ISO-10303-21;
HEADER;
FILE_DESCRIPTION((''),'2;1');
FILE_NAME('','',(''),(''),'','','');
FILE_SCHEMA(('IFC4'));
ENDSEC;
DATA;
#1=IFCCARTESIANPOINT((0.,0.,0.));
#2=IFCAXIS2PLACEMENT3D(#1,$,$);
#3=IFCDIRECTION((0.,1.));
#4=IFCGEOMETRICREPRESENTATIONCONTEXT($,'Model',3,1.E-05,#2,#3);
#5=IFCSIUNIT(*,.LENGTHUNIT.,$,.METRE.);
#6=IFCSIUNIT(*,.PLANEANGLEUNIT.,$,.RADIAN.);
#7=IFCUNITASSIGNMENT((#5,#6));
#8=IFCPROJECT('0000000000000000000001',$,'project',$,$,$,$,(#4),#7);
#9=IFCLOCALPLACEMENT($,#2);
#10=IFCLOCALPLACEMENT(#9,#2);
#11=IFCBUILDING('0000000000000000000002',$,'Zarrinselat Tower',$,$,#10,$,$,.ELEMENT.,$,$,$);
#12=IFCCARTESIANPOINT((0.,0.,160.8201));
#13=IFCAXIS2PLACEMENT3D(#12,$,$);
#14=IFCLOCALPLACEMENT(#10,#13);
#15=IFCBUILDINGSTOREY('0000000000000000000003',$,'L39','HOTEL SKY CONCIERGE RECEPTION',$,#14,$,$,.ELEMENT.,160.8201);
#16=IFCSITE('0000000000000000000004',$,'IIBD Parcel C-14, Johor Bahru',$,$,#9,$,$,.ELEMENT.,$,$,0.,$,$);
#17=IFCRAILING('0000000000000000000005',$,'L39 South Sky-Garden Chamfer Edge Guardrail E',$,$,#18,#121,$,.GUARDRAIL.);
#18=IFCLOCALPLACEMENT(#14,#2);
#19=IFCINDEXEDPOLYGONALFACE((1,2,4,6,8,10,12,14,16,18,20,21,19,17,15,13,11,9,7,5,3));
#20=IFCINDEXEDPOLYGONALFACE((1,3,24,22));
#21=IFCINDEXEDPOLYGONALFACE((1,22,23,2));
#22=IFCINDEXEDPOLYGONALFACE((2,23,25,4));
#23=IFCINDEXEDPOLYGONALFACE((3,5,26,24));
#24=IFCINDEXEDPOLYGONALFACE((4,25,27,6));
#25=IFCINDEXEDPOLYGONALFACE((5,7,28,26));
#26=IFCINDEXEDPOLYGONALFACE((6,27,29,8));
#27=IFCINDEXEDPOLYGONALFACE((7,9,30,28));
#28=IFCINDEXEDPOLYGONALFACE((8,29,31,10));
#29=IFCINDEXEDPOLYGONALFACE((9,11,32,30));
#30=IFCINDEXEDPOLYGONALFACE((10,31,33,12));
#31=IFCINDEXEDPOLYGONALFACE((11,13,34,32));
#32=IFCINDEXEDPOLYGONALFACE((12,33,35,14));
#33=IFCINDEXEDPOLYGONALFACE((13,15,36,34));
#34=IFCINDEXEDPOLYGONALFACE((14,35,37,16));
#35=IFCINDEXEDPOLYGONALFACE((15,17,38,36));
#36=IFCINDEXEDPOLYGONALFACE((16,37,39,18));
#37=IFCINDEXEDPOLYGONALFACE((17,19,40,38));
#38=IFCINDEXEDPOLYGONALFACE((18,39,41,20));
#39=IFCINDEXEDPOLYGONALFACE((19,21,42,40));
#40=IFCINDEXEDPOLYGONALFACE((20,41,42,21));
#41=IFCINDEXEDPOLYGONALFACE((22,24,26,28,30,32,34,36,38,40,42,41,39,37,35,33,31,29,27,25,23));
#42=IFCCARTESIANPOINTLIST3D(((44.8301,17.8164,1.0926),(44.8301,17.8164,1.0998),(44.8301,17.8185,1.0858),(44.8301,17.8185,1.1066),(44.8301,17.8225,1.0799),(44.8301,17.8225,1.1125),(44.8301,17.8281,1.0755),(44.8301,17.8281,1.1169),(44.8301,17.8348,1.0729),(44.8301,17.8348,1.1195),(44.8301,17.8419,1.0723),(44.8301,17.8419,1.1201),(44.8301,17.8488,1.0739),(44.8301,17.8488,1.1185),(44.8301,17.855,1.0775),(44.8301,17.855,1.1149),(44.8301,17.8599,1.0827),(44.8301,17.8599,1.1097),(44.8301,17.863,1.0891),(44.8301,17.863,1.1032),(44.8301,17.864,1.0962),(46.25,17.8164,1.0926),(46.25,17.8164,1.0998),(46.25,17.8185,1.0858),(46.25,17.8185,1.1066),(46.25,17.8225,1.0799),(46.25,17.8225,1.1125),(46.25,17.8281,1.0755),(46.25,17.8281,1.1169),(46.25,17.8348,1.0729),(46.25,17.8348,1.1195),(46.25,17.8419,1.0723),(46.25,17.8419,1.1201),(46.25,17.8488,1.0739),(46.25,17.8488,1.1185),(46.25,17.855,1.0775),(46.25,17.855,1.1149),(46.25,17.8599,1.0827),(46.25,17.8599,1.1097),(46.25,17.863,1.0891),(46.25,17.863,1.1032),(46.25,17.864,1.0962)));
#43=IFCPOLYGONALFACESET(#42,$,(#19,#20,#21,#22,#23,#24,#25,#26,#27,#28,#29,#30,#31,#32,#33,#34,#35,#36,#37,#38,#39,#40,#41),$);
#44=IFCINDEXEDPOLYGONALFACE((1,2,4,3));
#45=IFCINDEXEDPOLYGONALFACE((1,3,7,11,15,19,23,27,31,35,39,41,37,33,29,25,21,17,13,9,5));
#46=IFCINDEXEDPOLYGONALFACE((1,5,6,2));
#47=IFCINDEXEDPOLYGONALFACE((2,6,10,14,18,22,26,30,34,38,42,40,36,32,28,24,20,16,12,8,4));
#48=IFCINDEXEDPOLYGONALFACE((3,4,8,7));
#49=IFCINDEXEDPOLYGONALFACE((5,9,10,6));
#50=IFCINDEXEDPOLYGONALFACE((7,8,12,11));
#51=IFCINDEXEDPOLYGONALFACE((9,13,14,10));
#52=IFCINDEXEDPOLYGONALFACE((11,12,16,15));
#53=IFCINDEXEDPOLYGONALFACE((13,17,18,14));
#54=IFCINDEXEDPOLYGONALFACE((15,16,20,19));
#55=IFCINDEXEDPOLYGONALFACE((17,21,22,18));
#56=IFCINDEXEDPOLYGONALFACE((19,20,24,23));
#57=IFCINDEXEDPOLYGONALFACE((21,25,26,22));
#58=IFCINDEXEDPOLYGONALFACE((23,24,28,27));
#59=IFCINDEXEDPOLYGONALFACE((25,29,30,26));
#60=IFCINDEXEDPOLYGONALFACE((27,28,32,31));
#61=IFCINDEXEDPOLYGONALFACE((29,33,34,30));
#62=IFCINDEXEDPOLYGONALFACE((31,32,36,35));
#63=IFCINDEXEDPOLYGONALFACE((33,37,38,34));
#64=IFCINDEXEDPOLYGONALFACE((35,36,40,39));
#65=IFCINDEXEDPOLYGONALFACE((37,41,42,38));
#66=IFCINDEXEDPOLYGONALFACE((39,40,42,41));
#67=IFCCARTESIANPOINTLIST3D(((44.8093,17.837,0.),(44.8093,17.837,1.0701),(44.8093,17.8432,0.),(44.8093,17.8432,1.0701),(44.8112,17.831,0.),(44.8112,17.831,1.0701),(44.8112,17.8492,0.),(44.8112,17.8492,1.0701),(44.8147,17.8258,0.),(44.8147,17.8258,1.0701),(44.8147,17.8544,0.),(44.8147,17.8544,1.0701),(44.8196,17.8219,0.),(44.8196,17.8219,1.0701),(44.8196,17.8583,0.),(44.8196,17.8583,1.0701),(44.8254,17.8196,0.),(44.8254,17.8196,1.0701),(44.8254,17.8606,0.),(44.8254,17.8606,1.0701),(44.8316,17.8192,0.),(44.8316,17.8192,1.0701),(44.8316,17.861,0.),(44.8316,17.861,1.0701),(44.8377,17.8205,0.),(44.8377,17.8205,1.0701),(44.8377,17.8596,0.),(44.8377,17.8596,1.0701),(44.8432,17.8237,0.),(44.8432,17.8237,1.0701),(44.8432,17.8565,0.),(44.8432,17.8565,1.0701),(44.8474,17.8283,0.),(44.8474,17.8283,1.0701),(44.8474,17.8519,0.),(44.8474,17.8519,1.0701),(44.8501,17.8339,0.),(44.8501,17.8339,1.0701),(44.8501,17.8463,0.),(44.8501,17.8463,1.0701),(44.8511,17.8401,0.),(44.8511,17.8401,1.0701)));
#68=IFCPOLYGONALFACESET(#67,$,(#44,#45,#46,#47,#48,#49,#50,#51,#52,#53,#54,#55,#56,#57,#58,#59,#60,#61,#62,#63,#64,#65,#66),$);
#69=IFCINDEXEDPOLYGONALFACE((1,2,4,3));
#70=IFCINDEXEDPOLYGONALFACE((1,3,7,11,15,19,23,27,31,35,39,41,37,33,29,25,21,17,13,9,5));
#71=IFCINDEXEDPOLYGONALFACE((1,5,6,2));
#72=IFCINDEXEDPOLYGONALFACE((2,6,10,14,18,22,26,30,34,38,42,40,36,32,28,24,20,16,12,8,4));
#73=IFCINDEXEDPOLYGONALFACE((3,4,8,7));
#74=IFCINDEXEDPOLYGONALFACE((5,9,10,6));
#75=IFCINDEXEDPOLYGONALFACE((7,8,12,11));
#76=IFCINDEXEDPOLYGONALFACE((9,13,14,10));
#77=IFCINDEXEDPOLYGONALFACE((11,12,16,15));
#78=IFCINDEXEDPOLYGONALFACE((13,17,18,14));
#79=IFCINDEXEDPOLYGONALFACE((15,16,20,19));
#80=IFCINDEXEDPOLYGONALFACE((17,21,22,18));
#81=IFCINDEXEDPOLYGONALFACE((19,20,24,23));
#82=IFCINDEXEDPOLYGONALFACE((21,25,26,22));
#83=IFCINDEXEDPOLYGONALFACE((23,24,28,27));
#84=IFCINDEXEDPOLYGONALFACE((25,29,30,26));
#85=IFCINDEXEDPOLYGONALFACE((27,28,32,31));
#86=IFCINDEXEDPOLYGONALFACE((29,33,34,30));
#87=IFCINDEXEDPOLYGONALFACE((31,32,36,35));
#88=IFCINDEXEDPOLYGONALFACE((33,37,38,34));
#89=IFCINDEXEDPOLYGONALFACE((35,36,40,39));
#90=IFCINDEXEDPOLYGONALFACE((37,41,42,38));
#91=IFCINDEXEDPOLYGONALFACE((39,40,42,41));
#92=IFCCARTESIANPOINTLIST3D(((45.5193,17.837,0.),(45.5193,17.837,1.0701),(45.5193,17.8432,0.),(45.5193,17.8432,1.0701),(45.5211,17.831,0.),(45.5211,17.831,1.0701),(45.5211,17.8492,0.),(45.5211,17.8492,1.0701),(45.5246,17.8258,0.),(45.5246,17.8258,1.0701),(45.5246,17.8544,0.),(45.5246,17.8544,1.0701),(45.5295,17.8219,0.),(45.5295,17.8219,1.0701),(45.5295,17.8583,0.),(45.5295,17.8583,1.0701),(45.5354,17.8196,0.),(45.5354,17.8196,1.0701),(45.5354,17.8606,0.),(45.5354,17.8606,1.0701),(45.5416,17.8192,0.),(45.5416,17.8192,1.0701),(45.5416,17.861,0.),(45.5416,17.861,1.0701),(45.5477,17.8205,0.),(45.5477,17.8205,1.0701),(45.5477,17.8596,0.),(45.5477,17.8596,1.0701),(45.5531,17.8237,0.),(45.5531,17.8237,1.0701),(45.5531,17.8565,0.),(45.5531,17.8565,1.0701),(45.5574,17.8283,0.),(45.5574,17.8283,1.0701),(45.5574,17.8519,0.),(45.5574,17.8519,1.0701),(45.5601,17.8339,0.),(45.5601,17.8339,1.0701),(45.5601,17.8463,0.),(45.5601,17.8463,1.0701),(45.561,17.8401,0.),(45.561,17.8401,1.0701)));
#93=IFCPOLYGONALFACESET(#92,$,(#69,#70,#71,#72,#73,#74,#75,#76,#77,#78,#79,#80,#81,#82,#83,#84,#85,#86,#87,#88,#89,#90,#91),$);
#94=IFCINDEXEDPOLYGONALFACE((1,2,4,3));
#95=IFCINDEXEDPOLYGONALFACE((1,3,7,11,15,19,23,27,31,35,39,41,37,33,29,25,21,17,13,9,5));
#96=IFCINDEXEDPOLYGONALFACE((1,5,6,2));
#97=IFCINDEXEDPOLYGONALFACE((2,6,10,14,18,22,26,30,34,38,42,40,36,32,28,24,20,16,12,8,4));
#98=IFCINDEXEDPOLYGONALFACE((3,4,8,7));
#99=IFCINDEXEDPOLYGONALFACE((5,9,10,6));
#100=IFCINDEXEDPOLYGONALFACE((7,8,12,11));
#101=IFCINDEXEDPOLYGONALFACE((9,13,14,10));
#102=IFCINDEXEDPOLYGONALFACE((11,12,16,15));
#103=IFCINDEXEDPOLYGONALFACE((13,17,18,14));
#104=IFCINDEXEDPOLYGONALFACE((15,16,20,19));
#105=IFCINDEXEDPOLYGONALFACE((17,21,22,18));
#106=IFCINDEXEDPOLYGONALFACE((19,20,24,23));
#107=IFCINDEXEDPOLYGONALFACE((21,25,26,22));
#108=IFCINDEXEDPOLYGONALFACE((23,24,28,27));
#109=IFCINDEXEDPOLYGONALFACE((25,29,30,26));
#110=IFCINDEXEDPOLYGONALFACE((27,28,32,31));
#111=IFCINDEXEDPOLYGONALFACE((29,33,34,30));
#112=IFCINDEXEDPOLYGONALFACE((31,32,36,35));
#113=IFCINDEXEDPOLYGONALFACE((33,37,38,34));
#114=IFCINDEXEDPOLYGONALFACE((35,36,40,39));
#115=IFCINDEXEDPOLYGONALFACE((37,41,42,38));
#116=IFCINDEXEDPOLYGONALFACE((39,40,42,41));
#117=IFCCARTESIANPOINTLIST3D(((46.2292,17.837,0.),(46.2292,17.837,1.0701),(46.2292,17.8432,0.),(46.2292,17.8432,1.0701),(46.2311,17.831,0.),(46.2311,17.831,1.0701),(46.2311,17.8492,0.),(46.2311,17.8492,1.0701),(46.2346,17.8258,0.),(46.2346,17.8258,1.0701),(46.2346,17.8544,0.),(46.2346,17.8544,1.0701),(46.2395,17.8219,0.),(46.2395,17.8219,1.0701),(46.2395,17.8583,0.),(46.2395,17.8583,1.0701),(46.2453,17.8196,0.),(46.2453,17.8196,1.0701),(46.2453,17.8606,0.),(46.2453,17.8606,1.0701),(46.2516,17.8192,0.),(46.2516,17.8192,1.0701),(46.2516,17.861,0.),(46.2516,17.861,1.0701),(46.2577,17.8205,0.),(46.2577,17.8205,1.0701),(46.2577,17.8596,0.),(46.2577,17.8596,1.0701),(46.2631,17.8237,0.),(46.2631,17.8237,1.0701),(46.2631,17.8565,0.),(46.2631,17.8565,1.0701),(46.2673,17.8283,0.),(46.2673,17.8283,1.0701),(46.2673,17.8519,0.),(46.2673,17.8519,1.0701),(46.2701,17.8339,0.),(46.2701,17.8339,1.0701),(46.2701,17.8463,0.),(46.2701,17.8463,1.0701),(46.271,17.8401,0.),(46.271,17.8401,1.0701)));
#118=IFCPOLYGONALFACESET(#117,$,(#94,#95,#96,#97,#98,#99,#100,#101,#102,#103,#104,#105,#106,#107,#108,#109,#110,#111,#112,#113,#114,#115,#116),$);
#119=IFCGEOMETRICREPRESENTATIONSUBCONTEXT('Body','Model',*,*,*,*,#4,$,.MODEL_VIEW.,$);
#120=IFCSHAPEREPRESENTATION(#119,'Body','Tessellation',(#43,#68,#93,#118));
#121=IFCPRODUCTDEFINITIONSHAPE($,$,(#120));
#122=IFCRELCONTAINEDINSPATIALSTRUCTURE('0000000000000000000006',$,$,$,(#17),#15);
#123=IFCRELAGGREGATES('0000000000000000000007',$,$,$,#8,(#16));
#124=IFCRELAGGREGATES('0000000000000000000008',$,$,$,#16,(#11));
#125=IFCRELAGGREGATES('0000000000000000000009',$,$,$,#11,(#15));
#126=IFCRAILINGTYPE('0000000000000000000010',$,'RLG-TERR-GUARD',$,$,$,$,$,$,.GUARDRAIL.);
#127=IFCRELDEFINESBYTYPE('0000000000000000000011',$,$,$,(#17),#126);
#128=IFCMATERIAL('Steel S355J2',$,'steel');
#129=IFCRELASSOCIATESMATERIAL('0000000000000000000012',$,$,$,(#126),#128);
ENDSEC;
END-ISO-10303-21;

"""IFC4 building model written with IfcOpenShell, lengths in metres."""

from ifc_helpers import new_model, si_unit, direction, frame, origin, origin_2d, place, context, subcontext, project, spatial, circle, extrude, material, type_object, element, save


model = new_model("IFC4")

# Units and contexts
model_context = context("Model", 3, precision=1e-05, world=origin(), true_north=direction((0.0, 1.0)))
body_context = subcontext(model_context, "Body", "Model", "MODEL_VIEW")
ifc_project = project(units=[si_unit("LENGTHUNIT", "METRE"), si_unit("PLANEANGLEUNIT", "RADIAN")], contexts=[model_context])

# Site, building, storey
site_placement = place(None, origin())
site = spatial("IfcSite", under=ifc_project, at=site_placement, Name="IIBD Parcel C-14, Johor Bahru", CompositionType="ELEMENT", RefElevation=0.0)
building_placement = place(site_placement, origin())
building = spatial("IfcBuilding", under=site, at=building_placement, Name="Zarrinselat Tower", CompositionType="ELEMENT")
storey_placement = place(building_placement, frame((0.0, 0.0, 160.8201)))
storey = spatial("IfcBuildingStorey", under=building, at=storey_placement, Name="L39", Description="HOTEL SKY CONCIERGE RECEPTION", CompositionType="ELEMENT", Elevation=160.8201)

# Railing
ifc_material_1 = material(Name="Steel S355J2", Category="steel")
railing_type = type_object("IfcRailingType", Name="RLG-TERR-GUARD", PredefinedType="GUARDRAIL", material=ifc_material_1)
railing_placement = place(storey_placement, frame((44.8301, 17.8401, 0.0)))
element("IfcRailing", 1, at=railing_placement, inside=storey, type_object=railing_type, Name="L39 South Sky-Garden Chamfer Edge Guardrail E", PredefinedType="GUARDRAIL", context=body_context, shape_type="SweptSolid", body=[
    extrude(circle(Radius=0.0239, at=origin_2d()), frame((0.0, 0.0, 1.0962), z_axis=(1.0, 0.0, 0.0), x_axis=(0.0, 1.0, 0.0)), (0.0, 0.0, 1.0), 1.4199),
    extrude(circle(Radius=0.021, at=origin_2d()), origin(), (0.0, 0.0, 1.0), 1.0701),
    extrude(circle(Radius=0.021, at=origin_2d()), frame((0.71, 0.0, 0.0)), (0.0, 0.0, 1.0), 1.0701),
    extrude(circle(Radius=0.021, at=origin_2d()), frame((1.4199, 0.0, 0.0)), (0.0, 0.0, 1.0), 1.0701),
])

save(model, "model.ifc")
